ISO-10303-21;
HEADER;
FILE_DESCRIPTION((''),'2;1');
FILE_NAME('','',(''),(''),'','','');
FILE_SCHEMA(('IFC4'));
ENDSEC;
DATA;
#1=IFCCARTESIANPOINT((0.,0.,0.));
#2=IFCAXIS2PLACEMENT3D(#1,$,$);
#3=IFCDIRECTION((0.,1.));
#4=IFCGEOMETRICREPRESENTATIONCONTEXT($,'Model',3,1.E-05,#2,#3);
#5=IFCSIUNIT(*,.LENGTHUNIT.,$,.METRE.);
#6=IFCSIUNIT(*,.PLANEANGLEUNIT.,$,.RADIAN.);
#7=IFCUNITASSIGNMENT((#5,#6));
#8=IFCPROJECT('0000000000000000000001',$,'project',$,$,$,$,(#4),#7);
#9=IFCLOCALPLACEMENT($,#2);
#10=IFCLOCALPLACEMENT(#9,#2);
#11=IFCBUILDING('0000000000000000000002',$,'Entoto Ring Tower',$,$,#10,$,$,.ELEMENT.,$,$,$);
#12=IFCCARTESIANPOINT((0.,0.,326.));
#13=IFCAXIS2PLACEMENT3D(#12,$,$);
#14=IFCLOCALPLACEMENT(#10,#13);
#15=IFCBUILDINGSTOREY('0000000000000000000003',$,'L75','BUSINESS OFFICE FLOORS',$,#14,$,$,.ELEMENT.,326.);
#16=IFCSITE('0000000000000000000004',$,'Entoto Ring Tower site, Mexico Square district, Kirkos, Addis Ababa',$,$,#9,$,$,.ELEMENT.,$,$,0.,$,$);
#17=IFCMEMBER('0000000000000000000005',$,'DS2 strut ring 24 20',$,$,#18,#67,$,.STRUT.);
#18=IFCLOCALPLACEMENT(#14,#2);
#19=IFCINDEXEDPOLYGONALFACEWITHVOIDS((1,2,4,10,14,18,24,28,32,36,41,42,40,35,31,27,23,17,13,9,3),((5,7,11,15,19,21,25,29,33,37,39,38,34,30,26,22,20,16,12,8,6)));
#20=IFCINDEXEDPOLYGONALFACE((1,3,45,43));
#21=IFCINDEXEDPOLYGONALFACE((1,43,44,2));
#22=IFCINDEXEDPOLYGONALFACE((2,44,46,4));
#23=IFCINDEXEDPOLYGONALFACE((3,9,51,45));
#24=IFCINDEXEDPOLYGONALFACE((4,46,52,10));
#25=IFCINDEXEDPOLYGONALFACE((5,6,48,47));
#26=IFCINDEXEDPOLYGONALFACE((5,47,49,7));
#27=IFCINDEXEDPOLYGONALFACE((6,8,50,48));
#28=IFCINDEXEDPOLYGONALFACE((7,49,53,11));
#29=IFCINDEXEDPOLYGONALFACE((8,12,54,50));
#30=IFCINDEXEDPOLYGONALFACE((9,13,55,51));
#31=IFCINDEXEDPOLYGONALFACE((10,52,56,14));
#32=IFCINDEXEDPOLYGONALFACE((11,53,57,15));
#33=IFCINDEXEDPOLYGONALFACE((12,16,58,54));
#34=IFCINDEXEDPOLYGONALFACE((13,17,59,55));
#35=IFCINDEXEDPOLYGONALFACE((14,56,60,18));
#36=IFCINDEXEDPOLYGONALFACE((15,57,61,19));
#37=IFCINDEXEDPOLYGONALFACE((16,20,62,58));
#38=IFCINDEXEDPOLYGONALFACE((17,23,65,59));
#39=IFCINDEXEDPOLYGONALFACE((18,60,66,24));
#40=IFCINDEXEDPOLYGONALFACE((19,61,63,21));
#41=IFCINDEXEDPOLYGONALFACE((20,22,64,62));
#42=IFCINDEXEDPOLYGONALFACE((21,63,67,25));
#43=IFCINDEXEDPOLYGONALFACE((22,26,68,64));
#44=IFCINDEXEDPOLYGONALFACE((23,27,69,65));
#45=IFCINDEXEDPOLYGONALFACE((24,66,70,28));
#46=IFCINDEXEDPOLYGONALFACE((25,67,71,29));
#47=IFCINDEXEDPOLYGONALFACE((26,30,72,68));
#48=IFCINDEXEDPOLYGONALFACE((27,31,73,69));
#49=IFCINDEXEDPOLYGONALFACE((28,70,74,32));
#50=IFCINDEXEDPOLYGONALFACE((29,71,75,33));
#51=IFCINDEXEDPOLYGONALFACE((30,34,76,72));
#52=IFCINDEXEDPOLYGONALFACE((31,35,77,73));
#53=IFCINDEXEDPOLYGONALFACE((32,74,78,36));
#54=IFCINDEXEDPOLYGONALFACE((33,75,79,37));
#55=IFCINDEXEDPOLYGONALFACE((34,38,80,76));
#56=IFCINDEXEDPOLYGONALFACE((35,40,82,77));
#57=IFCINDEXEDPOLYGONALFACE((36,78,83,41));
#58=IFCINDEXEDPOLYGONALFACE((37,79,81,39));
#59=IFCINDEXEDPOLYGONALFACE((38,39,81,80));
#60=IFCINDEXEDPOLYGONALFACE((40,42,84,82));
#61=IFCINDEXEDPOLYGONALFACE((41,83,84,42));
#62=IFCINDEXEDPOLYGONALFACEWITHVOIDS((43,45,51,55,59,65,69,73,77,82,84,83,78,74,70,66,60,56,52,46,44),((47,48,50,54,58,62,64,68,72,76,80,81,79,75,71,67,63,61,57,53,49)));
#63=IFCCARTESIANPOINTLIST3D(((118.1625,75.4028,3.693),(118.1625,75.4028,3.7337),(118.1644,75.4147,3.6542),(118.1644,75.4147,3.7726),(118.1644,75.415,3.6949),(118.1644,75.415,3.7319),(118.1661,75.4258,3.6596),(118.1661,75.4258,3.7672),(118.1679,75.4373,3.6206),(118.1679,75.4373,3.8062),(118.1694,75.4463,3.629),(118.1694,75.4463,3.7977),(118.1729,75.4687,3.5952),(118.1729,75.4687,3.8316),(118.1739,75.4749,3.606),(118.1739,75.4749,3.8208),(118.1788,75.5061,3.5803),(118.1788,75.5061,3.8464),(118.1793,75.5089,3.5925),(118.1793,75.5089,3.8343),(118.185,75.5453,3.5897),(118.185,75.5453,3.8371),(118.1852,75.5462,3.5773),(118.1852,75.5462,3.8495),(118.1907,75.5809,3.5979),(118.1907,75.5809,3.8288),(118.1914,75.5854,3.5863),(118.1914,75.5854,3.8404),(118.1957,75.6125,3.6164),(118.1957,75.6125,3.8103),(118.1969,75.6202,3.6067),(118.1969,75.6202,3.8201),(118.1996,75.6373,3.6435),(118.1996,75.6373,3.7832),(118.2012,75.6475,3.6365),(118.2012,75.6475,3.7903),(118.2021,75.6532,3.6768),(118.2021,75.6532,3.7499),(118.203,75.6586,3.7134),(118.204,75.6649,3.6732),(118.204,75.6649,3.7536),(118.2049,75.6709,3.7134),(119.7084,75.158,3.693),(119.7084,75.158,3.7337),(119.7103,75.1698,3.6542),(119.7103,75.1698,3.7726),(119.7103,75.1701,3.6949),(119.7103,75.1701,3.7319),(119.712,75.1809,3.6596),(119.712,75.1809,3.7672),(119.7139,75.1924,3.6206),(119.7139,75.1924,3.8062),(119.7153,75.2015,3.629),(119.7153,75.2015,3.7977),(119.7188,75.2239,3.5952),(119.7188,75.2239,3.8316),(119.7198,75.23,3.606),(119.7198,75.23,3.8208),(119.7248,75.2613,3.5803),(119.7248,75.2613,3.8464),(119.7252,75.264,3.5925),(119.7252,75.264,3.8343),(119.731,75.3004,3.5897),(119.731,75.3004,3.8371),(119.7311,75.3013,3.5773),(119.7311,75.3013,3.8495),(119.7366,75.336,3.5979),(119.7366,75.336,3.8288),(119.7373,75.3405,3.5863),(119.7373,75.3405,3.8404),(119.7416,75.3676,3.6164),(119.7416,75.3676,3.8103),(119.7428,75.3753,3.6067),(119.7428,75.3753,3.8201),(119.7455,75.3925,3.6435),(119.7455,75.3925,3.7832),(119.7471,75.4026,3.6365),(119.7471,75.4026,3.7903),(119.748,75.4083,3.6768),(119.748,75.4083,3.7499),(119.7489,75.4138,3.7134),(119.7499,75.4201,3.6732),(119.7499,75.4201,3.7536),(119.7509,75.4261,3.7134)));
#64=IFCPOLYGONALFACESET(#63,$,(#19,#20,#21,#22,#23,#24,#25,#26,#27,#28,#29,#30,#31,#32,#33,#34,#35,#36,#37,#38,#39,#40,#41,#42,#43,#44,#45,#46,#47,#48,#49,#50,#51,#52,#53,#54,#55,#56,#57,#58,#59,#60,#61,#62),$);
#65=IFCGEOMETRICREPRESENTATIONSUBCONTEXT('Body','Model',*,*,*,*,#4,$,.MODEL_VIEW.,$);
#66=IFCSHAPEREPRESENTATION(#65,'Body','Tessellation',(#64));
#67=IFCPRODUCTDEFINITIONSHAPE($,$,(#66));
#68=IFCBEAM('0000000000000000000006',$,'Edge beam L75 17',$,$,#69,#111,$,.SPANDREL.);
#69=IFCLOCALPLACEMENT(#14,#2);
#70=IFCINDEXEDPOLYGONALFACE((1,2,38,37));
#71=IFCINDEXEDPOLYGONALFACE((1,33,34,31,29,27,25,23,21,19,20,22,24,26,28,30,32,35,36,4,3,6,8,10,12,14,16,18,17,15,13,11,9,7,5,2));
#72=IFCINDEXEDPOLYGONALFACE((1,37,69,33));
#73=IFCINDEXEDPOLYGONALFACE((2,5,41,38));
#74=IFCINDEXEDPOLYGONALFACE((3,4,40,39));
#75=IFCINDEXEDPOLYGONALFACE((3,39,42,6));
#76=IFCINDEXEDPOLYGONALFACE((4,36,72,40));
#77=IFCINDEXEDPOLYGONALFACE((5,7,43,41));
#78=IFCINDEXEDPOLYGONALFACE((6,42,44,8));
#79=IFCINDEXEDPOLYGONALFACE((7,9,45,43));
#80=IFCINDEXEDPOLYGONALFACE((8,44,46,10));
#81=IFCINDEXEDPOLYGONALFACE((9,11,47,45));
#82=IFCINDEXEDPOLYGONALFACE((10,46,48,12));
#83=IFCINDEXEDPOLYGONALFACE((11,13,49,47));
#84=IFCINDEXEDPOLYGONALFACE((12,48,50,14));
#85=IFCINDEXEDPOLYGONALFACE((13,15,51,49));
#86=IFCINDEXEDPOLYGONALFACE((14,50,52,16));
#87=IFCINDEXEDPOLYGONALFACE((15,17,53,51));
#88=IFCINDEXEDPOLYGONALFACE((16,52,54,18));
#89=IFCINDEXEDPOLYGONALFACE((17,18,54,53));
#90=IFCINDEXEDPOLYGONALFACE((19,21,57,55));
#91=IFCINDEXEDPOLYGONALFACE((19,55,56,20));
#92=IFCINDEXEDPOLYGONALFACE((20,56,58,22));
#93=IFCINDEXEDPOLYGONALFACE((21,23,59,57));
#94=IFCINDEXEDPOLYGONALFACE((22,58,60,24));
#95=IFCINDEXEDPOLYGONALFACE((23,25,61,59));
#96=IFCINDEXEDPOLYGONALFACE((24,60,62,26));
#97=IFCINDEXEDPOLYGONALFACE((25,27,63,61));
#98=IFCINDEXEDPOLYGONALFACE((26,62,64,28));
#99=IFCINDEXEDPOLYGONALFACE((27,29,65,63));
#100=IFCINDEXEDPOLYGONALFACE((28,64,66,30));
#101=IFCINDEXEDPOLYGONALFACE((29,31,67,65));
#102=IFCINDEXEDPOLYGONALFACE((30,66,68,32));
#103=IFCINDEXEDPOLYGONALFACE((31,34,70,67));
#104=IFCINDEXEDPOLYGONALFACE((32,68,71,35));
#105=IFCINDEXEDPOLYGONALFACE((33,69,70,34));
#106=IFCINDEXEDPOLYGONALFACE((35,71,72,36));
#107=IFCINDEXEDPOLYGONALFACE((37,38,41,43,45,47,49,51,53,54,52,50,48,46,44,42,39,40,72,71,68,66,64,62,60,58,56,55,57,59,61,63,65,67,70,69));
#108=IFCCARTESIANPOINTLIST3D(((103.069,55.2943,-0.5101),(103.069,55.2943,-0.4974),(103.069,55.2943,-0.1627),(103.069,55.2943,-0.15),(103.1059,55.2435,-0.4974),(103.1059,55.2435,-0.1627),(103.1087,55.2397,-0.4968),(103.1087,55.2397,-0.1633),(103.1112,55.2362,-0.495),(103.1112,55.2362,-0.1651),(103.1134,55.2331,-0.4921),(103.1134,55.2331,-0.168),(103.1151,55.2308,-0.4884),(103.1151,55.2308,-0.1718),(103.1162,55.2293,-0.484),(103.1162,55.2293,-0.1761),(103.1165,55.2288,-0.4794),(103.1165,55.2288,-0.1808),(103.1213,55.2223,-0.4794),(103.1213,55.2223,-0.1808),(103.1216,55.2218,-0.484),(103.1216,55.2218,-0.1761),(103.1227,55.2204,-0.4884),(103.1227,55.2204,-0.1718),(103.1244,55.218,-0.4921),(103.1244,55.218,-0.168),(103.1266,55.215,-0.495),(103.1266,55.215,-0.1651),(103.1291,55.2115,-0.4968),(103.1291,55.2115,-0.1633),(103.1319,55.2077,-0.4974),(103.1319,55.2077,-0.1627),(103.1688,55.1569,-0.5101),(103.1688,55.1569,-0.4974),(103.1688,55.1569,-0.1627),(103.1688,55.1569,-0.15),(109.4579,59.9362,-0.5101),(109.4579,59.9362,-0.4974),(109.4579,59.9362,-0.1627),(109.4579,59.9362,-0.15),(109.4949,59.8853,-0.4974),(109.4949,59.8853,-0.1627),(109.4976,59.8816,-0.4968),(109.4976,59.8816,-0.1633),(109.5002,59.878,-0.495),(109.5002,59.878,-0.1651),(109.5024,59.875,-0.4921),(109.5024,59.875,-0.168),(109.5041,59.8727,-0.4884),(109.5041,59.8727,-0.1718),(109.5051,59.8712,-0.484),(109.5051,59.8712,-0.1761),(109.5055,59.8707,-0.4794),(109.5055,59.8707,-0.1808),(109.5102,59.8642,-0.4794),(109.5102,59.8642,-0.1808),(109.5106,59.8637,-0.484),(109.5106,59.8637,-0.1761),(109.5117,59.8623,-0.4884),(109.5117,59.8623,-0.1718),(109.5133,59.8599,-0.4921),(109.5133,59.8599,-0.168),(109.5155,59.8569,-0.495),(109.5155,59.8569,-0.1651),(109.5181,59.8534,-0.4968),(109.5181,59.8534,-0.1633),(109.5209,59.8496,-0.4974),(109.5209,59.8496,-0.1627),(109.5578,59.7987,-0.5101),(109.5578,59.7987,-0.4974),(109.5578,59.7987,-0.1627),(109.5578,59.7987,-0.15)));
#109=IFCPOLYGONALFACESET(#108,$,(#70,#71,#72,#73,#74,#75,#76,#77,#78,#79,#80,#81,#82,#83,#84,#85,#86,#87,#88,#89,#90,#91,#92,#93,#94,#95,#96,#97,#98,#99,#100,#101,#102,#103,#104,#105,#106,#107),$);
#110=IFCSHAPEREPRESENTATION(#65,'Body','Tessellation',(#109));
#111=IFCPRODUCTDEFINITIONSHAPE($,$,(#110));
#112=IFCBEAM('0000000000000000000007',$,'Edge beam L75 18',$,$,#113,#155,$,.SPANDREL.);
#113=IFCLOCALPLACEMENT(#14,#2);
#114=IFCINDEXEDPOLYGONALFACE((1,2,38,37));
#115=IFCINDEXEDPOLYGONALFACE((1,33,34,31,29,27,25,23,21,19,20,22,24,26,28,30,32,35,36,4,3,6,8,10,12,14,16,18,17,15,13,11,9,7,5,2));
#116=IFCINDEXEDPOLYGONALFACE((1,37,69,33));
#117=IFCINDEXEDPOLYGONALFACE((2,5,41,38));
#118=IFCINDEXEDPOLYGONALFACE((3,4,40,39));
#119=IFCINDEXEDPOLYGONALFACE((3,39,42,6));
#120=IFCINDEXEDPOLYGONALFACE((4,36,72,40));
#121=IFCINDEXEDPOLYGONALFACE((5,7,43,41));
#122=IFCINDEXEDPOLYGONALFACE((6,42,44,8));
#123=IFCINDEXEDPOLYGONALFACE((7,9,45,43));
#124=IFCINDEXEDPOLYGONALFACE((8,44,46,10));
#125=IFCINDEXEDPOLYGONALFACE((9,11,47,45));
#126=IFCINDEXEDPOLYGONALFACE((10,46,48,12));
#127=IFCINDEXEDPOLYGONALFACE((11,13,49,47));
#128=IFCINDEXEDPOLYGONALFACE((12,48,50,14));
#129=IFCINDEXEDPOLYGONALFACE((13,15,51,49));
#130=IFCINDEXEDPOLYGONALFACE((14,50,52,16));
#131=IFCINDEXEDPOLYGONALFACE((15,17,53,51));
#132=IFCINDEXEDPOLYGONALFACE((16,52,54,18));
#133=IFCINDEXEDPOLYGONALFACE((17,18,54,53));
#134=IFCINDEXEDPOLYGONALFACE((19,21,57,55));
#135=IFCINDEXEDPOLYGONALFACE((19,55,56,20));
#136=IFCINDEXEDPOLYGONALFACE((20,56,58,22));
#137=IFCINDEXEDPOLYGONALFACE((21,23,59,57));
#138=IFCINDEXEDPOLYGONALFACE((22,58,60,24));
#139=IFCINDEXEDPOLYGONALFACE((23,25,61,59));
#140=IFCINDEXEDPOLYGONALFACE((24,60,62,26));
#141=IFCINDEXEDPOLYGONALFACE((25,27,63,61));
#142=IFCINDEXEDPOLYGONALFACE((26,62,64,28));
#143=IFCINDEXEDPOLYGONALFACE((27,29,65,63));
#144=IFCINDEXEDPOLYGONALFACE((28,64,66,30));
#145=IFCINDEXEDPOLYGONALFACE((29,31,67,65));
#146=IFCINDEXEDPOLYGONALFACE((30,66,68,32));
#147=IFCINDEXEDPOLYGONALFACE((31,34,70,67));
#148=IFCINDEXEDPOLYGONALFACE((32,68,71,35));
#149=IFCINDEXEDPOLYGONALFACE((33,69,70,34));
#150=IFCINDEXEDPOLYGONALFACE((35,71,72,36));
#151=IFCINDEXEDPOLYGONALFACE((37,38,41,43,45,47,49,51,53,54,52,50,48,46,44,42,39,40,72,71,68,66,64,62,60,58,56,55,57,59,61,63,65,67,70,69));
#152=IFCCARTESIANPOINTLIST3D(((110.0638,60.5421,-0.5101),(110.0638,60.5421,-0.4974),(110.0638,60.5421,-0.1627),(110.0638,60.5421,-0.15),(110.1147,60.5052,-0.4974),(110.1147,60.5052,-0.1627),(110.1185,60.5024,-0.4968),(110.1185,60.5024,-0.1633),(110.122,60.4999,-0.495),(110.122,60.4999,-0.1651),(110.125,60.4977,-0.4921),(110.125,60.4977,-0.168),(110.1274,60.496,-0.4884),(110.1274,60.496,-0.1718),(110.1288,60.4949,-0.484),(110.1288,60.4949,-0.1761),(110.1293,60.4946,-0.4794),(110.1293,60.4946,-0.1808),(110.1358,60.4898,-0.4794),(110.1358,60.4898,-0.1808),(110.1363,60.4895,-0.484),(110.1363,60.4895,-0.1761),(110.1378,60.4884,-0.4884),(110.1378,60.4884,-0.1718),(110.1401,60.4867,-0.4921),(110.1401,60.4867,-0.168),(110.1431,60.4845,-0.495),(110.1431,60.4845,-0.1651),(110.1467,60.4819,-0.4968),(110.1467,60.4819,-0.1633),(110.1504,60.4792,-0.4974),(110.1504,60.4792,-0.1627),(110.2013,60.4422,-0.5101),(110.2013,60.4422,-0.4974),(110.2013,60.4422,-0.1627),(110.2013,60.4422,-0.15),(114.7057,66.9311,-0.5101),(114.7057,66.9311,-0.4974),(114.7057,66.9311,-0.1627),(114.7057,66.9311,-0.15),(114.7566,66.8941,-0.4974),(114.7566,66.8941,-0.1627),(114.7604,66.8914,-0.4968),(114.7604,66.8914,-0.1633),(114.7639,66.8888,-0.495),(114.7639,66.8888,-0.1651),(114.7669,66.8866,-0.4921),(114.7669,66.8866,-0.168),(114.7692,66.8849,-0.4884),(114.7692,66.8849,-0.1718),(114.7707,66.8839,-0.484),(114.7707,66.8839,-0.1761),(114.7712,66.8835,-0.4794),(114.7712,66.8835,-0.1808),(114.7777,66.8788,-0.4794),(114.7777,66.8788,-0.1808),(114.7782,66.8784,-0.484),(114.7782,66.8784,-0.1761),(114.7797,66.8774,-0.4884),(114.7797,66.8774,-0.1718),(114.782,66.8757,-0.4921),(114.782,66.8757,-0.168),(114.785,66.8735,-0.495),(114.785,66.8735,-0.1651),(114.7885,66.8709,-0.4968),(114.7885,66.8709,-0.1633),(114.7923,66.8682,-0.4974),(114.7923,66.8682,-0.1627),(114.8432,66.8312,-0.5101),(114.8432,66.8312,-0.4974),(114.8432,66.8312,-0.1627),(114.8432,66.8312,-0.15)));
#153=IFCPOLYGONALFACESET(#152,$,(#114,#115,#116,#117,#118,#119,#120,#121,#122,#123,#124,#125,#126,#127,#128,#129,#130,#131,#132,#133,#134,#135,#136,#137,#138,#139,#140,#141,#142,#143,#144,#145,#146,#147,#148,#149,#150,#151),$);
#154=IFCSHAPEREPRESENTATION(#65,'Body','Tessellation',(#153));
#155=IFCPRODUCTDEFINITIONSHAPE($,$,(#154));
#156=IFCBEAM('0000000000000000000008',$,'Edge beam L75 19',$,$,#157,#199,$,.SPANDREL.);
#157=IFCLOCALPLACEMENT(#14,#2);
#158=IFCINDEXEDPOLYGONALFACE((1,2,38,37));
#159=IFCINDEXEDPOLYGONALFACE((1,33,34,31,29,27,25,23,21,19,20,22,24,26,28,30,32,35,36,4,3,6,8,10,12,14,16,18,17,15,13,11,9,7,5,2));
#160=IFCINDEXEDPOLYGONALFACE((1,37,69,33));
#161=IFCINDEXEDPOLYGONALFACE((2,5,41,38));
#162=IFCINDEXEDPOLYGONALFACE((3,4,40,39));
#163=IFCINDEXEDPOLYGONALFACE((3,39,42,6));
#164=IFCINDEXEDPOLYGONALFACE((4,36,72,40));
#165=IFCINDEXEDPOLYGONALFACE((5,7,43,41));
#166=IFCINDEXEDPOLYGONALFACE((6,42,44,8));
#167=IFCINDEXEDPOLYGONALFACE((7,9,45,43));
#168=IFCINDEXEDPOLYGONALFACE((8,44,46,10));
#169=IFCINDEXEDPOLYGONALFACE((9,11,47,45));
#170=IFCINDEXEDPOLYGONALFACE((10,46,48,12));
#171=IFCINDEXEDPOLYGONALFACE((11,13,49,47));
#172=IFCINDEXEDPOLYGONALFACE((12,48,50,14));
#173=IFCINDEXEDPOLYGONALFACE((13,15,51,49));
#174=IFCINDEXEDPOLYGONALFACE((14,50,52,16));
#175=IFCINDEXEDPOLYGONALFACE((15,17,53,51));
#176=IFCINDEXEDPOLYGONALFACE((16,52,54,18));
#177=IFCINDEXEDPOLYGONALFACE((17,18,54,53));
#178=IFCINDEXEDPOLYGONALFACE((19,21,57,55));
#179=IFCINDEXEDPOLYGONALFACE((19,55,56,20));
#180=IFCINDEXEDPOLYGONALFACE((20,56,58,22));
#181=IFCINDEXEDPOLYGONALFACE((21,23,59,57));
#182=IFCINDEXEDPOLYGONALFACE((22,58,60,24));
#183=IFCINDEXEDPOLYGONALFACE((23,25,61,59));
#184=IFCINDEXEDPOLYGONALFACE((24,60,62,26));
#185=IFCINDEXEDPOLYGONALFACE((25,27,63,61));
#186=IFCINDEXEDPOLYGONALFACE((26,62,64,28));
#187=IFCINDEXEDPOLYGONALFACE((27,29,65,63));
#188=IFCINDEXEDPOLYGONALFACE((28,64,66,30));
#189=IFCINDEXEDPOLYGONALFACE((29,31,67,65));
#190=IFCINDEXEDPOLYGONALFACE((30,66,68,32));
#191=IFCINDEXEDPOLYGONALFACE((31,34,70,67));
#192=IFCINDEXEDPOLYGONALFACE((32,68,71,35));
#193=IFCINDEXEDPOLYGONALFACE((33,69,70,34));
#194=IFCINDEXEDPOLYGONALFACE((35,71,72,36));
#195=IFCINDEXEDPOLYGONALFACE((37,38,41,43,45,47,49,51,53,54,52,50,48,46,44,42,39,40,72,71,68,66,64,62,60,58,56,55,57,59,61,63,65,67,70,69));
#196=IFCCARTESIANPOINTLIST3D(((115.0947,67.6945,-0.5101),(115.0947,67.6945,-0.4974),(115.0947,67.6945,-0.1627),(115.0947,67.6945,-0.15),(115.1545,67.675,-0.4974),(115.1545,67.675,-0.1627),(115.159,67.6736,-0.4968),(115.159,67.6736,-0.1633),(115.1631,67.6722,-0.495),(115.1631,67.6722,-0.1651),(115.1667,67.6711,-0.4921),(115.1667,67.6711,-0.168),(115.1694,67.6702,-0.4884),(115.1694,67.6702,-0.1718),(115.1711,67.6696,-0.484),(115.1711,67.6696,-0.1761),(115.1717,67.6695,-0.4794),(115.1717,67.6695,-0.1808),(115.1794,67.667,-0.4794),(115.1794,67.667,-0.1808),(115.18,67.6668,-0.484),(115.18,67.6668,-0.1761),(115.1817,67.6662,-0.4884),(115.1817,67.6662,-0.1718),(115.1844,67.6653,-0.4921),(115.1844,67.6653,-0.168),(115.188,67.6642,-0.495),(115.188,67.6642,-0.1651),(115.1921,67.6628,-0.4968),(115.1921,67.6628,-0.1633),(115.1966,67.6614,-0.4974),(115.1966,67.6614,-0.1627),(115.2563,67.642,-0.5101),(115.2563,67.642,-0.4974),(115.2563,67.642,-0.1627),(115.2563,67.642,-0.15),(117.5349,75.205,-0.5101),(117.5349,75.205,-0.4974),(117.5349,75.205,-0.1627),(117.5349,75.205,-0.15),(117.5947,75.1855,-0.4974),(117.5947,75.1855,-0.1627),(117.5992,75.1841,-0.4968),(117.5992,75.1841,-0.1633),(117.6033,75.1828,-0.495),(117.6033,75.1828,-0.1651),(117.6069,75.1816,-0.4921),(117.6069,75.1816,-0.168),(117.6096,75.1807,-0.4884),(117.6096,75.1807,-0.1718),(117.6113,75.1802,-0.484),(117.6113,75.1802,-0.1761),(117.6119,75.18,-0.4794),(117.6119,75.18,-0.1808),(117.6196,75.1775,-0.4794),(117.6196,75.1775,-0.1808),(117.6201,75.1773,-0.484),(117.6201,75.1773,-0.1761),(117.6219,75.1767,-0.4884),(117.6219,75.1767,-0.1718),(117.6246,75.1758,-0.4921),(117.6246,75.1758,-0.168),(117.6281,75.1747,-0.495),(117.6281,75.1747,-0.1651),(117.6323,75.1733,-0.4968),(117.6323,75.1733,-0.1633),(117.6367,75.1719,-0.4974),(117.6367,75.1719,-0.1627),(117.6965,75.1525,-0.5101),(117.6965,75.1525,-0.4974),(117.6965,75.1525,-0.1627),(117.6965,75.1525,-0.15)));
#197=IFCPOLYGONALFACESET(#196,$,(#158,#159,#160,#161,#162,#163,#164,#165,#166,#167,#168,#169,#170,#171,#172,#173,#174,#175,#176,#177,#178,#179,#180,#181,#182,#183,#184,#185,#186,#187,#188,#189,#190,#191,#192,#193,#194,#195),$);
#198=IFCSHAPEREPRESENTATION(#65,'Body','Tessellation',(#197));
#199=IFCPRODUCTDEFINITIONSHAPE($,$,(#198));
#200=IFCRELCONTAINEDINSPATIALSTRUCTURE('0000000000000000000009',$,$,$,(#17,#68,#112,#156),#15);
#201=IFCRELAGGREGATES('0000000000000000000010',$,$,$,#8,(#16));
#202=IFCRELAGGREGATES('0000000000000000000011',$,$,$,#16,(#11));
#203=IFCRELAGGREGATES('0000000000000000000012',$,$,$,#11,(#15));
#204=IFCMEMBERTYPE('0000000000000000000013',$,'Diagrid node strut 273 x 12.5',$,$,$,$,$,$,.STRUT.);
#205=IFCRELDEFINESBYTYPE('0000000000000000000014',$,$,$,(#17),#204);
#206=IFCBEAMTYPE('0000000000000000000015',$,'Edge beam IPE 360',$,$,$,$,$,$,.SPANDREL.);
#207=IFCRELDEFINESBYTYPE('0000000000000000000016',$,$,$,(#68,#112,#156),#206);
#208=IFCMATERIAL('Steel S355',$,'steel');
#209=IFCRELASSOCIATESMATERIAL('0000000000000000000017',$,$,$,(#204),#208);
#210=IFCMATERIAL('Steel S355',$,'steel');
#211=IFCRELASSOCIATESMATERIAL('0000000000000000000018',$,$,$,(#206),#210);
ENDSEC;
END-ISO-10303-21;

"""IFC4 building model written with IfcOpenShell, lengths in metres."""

from ifc_helpers import new_model, si_unit, direction, frame, origin, origin_2d, place, context, subcontext, project, spatial, circle, hollow_circle, i_section, extrude, material, material_profile, profile_set, type_object, element, save


model = new_model("IFC4")

# Units and contexts
model_context = context("Model", 3, precision=1e-05, world=origin(), true_north=direction((0.0, 1.0)))
body_context = subcontext(model_context, "Body", "Model", "MODEL_VIEW")
ifc_project = project(units=[si_unit("LENGTHUNIT", "METRE"), si_unit("PLANEANGLEUNIT", "RADIAN")], contexts=[model_context])

# Site, building, storey
site_placement = place(None, origin())
site = spatial("IfcSite", under=ifc_project, at=site_placement, Name="Entoto Ring Tower site, Mexico Square district, Kirkos, Addis Ababa", CompositionType="ELEMENT", RefElevation=0.0)
building_placement = place(site_placement, origin())
building = spatial("IfcBuilding", under=site, at=building_placement, Name="Entoto Ring Tower", CompositionType="ELEMENT")
storey_placement = place(building_placement, frame((0.0, 0.0, 326.0)))
storey = spatial("IfcBuildingStorey", under=building, at=storey_placement, Name="L75", Description="BUSINESS OFFICE FLOORS", CompositionType="ELEMENT", Elevation=326.0)

# Member
ifc_material_1 = material(Name="Steel S355", Category="steel")
ifc_material_profile_1 = material_profile(ifc_material_1, hollow_circle(Radius=0.1365, WallThickness=0.0125, at=origin_2d()), Name="CHS 273 x 12.5")
ifc_material_2 = material(Name="Concrete C60/75", Category="concrete")
ifc_material_profile_2 = material_profile(ifc_material_2, circle(Radius=0.124, at=origin_2d()), Name="Concrete C60/75 infill")
ifc_profile_set_1 = profile_set([ifc_material_profile_1, ifc_material_profile_2], Name="Steel S355")
member_type = type_object("IfcMemberType", Name="Diagrid node strut 273 x 12.5", PredefinedType="STRUT", material=ifc_profile_set_1)
for number, where, z_axis, x_axis, name in (
    (1, (118.1836, 75.5361, 3.7134), (0.987686, -0.156451, 0.0), (0.156451, 0.987686, 0.0), "DS2 strut ring 24 20"),
):
    element("IfcMember", number, at=place(storey_placement, frame(where, z_axis=z_axis, x_axis=x_axis)), inside=storey, type_object=member_type, Name=name, PredefinedType="STRUT", context=body_context, shape_type="SweptSolid", body=[
        extrude(hollow_circle(Radius=0.1365, WallThickness=0.0125, at=origin_2d()), origin(), (0.0, 0.0, 1.0), 1.5652),
    ])

# Beams
ifc_material_3 = material(Name="Steel S355", Category="steel")
ifc_material_profile_3 = material_profile(ifc_material_3, i_section(OverallWidth=0.1699, OverallDepth=0.3601, WebThickness=0.0081, FlangeThickness=0.0127, FilletRadius=0.0181, at=origin_2d()), Name="IPE 360")
ifc_profile_set_2 = profile_set([ifc_material_profile_3], Name="Steel S355")
beam_type_1 = type_object("IfcBeamType", Name="Edge beam IPE 360", PredefinedType="SPANDREL", material=ifc_profile_set_2)
for number, where, z_axis, x_axis, name in (
    (2, (103.1189, 55.2256, -0.3301), (0.809015, 0.587787, 0.0), (-0.587787, 0.809015, 0.0), "Edge beam L75 17"),
    (3, (110.1326, 60.4922, -0.3301), (0.587787, 0.809015, 0.0), (-0.809015, 0.587787, 0.0), "Edge beam L75 18"),
):
    element("IfcBeam", number, at=place(storey_placement, frame(where, z_axis=z_axis, x_axis=x_axis)), inside=storey, type_object=beam_type_1, Name=name, PredefinedType="SPANDREL", context=body_context, shape_type="SweptSolid", body=[
        extrude(i_section(OverallWidth=0.1699, OverallDepth=0.3601, WebThickness=0.0081, FlangeThickness=0.0127, FilletRadius=0.0181, at=origin_2d()), origin(), (0.0, 0.0, 1.0), 7.8972),
    ])
for number, where, z_axis, x_axis, name in (
    (4, (115.1755, 67.6682, -0.3301), (0.309003, 0.951061, 0.0), (-0.951061, 0.309003, 0.0), "Edge beam L75 19"),
):
    element("IfcBeam", number, at=place(storey_placement, frame(where, z_axis=z_axis, x_axis=x_axis)), inside=storey, type_object=beam_type_1, Name=name, PredefinedType="SPANDREL", context=body_context, shape_type="SweptSolid", body=[
        extrude(i_section(OverallWidth=0.1699, OverallDepth=0.3601, WebThickness=0.0081, FlangeThickness=0.0127, FilletRadius=0.0181, at=origin_2d()), origin(), (0.0, 0.0, 1.0), 7.897),
    ])

save(model, "model.ifc")
